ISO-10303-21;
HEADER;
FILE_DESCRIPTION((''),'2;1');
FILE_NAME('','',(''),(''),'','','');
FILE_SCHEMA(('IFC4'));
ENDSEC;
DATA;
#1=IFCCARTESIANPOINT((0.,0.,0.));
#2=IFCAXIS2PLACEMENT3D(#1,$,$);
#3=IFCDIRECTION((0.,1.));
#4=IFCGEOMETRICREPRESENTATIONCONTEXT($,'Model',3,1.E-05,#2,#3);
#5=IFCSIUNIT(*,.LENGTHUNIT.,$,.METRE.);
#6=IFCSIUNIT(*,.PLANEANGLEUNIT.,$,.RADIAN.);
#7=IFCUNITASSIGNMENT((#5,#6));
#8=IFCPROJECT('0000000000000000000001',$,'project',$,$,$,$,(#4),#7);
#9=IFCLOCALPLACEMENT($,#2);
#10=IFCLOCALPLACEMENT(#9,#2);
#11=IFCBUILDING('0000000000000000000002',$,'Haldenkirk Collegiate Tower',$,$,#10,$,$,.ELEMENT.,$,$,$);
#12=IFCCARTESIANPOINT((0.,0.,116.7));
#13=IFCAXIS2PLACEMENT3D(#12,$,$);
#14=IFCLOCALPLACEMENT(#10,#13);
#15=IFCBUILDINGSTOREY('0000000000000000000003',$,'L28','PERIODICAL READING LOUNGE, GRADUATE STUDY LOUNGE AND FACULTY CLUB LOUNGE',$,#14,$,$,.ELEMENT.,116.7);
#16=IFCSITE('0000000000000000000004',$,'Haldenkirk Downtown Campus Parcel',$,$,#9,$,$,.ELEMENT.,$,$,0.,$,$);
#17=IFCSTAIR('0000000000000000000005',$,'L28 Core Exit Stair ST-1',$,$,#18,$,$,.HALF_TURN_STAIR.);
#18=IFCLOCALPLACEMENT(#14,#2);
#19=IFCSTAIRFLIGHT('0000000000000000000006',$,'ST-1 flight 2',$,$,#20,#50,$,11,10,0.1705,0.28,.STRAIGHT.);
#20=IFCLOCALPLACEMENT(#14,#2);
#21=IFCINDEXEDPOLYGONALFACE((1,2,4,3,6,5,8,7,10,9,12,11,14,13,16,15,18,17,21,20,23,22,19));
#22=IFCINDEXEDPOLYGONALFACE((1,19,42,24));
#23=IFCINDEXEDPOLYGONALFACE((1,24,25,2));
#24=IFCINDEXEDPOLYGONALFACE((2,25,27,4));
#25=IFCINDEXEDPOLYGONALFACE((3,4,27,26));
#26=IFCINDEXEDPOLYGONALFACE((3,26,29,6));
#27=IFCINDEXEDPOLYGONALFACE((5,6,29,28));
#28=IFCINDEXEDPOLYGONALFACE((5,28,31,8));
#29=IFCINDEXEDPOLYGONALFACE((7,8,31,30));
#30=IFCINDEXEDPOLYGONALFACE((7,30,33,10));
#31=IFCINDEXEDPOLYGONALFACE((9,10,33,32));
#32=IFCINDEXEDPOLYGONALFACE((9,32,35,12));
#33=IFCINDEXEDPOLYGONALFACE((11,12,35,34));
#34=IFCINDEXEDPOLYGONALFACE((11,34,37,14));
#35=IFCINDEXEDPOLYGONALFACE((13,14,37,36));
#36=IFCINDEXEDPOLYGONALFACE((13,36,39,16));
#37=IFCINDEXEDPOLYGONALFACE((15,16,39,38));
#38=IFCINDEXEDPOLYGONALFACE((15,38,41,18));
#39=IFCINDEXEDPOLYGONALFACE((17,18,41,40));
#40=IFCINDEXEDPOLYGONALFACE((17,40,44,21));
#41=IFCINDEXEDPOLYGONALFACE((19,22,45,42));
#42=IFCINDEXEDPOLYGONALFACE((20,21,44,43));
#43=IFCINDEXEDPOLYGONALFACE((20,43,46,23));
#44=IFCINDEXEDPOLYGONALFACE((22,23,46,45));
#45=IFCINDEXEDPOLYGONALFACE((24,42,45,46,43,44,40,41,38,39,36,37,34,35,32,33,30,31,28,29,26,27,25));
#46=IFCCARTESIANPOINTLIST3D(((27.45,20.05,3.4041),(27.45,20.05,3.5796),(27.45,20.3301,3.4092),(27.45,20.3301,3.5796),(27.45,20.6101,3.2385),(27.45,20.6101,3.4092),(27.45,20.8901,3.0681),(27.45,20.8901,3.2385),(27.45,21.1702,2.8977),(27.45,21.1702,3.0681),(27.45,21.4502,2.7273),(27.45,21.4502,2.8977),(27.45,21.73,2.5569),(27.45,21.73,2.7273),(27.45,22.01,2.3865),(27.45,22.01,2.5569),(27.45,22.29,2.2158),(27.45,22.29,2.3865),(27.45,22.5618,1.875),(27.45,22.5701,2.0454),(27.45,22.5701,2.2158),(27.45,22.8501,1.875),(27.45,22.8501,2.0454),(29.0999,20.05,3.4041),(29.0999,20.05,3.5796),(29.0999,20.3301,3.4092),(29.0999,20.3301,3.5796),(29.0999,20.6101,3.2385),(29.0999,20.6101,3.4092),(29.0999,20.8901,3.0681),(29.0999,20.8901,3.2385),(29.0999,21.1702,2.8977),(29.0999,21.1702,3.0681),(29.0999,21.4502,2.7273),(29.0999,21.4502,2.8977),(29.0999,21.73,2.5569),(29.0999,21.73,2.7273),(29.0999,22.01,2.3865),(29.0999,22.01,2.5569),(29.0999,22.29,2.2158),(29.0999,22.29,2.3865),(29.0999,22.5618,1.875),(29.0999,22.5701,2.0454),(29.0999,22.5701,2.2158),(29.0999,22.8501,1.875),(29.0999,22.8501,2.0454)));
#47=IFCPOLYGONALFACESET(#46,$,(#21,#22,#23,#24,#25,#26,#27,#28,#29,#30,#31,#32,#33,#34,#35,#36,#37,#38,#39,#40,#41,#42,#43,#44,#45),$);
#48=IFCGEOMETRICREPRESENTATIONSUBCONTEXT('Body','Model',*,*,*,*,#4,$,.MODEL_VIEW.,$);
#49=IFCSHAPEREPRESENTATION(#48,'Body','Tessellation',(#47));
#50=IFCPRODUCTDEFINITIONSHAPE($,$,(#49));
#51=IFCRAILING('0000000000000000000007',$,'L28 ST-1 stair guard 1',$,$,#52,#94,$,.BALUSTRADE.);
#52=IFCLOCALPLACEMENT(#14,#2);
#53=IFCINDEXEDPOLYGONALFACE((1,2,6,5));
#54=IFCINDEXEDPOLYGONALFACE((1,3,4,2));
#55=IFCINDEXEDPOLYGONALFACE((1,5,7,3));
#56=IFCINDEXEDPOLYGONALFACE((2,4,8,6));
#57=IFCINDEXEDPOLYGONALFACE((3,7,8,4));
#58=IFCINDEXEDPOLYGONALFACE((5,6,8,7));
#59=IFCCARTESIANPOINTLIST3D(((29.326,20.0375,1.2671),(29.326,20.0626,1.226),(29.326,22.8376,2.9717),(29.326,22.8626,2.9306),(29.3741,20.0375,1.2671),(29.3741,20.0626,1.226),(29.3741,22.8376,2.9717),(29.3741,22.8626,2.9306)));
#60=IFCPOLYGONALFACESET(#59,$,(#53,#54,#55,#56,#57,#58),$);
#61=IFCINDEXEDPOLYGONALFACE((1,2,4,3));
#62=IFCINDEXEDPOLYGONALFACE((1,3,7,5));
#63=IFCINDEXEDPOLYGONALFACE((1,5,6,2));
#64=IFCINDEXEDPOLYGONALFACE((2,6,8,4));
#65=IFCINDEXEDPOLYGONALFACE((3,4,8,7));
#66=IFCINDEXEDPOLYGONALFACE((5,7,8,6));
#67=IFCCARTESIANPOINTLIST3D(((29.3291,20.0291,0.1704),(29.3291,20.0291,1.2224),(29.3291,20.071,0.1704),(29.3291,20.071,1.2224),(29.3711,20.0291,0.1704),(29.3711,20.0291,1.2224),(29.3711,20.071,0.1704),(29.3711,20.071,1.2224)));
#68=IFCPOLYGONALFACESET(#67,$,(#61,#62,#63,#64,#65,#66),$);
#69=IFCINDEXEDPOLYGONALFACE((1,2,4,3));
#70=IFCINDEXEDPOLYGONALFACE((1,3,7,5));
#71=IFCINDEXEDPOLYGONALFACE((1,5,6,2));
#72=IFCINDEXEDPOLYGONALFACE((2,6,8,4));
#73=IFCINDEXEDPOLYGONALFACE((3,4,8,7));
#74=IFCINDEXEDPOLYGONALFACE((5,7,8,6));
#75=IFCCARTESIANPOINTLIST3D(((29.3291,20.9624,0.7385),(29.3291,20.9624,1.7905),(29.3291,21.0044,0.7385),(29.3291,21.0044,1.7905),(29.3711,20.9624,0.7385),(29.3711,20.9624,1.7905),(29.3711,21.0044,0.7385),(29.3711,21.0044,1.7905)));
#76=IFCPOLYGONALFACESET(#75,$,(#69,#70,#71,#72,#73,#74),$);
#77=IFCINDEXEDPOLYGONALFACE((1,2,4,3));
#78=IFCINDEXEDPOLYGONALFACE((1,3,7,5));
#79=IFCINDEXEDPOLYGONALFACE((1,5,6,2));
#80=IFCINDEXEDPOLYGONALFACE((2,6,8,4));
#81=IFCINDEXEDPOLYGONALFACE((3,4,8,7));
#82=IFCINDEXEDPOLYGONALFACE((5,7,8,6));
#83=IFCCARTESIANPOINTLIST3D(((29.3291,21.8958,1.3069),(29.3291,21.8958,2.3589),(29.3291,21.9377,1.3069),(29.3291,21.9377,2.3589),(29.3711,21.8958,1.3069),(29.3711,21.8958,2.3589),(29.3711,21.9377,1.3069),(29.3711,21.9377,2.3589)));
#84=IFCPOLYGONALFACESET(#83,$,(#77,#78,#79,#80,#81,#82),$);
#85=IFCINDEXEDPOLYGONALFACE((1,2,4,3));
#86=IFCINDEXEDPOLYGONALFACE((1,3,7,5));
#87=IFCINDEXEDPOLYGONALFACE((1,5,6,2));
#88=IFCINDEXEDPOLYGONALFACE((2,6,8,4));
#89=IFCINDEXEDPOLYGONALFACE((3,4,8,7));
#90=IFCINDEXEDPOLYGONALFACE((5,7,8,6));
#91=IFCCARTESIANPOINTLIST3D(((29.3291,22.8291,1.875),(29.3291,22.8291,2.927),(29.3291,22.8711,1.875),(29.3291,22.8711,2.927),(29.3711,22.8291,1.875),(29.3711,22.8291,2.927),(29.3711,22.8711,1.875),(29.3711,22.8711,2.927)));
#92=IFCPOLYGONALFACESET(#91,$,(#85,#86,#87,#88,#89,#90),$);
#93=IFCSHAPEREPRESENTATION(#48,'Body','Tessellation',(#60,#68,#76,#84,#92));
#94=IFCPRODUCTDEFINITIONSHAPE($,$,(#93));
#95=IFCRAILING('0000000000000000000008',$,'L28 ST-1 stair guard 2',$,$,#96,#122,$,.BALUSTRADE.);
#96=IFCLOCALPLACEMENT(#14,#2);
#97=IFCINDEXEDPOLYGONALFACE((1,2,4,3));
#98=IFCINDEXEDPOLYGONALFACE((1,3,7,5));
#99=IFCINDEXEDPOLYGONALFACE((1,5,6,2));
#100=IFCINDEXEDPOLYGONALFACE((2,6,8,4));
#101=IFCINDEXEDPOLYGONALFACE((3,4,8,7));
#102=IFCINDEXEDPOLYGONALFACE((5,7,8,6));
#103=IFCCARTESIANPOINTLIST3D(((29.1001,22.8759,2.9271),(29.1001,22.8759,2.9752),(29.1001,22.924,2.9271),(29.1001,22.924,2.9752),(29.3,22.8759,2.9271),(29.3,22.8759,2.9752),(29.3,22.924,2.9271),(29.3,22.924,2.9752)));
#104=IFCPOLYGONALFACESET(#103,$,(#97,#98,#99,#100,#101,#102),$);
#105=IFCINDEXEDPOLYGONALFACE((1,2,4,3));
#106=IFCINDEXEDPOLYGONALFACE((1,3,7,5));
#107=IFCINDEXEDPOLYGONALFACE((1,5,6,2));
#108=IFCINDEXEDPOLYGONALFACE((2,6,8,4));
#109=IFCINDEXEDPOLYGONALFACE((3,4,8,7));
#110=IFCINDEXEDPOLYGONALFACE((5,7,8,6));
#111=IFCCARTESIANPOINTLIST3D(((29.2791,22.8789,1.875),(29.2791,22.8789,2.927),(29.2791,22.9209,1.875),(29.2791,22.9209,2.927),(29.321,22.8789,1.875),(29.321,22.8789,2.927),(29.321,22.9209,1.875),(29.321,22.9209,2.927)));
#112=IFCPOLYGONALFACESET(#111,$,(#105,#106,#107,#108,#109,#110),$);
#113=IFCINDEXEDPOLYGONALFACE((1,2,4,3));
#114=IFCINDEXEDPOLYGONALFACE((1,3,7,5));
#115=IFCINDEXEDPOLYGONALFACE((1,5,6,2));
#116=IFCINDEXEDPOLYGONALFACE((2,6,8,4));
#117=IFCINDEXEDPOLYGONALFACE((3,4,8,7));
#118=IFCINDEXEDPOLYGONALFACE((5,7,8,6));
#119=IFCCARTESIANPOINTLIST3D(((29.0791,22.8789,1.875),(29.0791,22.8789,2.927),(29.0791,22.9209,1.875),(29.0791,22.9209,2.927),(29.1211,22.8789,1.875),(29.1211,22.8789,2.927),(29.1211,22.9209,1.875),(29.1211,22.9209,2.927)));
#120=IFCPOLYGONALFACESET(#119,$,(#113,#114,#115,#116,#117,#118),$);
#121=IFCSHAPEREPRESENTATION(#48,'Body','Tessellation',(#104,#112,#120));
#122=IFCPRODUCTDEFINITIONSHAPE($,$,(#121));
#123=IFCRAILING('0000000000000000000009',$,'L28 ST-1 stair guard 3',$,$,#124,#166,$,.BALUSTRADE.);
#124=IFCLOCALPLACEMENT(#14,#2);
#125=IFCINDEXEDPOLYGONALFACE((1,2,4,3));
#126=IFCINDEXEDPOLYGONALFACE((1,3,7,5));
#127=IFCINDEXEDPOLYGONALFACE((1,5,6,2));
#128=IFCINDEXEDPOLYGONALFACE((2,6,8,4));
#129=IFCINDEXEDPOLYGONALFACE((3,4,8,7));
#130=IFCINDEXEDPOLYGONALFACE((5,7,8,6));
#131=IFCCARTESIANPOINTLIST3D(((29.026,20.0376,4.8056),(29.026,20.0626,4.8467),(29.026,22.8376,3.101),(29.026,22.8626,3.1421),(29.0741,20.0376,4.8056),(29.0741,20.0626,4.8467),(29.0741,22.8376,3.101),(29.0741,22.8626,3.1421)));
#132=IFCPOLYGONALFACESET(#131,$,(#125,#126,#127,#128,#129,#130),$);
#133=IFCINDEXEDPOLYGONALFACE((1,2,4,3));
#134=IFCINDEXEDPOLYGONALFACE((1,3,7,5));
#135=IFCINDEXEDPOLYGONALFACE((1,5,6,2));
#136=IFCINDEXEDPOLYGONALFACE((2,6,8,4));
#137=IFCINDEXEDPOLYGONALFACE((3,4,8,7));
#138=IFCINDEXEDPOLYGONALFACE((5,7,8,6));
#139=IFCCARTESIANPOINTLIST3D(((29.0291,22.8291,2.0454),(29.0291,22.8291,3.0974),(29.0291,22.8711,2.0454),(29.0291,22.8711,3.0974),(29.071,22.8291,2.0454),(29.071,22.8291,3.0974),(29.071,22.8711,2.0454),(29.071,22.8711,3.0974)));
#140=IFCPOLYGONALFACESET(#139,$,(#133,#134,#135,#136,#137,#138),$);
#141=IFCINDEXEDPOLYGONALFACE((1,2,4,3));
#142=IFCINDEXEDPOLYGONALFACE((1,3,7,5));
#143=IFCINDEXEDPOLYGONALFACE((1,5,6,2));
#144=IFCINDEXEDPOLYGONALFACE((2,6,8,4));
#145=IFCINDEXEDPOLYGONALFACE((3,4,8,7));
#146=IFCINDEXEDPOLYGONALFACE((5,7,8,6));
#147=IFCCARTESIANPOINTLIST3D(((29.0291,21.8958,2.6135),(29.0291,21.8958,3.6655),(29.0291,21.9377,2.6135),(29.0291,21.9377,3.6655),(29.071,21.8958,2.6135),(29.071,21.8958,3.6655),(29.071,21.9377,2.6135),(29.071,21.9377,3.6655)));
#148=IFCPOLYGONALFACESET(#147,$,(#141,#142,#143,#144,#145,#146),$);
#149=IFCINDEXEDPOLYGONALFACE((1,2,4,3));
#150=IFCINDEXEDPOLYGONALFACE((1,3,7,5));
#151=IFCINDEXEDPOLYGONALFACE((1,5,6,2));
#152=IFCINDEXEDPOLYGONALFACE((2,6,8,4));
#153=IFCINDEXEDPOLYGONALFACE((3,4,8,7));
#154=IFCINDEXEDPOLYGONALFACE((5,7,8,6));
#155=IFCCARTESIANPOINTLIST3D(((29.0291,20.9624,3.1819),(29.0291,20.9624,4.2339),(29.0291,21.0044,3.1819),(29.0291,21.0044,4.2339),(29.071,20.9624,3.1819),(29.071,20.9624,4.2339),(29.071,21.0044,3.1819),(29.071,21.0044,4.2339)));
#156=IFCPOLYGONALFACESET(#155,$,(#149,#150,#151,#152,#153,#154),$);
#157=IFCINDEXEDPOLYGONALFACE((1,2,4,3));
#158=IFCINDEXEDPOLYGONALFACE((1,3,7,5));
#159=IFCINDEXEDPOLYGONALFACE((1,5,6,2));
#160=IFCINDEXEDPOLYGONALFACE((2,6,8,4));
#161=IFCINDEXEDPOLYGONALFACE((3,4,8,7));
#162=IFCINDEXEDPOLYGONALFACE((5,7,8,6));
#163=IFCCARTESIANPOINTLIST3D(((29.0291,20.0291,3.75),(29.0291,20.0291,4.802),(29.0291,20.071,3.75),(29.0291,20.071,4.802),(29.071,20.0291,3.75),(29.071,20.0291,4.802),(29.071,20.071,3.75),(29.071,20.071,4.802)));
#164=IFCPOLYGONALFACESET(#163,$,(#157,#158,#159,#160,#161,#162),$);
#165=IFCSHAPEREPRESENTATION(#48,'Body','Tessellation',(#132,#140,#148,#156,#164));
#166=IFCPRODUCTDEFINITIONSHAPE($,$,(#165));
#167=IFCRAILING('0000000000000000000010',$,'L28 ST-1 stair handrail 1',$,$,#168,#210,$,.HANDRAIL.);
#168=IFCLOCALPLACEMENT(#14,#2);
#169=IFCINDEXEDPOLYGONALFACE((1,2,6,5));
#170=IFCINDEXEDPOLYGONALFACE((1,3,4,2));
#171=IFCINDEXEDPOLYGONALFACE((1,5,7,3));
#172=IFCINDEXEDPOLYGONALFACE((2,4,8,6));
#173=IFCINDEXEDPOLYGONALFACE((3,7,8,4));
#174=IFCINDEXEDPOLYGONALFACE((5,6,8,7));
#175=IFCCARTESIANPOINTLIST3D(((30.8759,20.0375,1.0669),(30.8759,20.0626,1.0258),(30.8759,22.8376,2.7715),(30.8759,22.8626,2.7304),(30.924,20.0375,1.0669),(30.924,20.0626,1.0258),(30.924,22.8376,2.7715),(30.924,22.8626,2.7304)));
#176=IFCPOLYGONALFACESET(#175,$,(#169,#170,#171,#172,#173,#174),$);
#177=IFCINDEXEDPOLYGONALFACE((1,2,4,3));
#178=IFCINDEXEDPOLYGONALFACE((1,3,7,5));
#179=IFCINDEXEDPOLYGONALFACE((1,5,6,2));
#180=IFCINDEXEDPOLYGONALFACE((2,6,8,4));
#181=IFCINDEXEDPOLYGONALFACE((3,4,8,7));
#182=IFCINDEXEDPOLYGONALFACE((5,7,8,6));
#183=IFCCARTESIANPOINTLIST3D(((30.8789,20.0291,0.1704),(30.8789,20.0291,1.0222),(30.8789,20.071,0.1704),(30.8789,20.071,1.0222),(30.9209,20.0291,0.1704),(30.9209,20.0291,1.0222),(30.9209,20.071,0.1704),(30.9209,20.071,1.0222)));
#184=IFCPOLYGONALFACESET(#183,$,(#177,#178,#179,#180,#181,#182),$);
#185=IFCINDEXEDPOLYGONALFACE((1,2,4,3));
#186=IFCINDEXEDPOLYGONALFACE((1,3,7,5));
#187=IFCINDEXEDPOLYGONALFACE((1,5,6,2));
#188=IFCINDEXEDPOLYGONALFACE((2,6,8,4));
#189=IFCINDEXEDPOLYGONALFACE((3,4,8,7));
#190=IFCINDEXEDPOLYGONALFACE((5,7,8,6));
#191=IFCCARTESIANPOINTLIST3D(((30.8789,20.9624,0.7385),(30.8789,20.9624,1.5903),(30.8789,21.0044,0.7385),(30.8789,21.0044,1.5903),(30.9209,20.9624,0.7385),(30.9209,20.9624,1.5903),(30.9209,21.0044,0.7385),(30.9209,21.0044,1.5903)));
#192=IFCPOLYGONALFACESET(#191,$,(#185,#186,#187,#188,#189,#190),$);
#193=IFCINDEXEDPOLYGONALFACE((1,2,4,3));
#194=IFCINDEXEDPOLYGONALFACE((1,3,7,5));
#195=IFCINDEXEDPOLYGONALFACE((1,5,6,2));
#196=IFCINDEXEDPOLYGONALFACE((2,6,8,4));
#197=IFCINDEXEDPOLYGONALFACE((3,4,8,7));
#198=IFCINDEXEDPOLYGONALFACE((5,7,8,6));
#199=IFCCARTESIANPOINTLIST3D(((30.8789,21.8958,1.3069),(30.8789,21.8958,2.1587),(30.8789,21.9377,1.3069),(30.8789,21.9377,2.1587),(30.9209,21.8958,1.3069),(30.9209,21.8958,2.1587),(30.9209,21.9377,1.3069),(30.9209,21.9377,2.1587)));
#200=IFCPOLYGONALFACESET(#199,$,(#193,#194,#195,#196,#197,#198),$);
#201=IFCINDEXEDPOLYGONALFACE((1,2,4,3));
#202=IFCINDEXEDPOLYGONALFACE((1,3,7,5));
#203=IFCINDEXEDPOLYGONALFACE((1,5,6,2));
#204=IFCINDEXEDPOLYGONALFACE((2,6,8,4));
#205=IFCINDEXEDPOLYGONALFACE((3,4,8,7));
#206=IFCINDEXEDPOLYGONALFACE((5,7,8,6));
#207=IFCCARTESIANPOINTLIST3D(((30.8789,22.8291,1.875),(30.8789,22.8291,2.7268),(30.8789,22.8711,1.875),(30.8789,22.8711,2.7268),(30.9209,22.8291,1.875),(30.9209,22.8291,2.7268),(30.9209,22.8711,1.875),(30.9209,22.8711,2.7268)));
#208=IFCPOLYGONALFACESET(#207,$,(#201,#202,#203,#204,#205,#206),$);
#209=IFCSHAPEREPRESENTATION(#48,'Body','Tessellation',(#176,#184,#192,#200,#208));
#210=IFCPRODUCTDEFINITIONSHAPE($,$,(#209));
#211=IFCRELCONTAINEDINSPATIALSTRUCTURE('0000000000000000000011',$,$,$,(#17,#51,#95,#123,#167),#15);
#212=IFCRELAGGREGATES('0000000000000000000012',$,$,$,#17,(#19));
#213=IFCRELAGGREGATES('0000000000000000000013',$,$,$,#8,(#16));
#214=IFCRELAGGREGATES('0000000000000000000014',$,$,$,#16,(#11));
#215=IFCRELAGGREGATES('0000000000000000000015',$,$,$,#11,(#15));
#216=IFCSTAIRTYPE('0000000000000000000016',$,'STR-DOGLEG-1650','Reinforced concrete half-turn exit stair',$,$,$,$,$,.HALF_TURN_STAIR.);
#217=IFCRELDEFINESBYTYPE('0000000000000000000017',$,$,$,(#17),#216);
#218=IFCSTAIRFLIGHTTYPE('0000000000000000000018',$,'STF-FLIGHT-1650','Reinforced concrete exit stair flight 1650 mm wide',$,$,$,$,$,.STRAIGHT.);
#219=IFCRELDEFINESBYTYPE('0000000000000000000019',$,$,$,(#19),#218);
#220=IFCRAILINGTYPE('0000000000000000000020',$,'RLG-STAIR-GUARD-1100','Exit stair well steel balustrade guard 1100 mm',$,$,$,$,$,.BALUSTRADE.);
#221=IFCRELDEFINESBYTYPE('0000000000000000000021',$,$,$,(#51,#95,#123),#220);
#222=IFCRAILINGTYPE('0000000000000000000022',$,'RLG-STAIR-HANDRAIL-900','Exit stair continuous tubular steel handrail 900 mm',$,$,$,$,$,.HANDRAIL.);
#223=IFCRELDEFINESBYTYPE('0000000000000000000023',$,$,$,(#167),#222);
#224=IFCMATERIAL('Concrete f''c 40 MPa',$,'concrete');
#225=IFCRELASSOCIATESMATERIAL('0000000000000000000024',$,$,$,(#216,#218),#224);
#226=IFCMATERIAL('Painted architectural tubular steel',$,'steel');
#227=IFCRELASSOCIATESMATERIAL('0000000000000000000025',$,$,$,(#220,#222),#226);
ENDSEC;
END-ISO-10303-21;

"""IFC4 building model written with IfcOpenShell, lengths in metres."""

from ifc_helpers import new_model, si_unit, direction, frame, origin, origin_2d, place, context, subcontext, project, spatial, polyline, rectangle, outline, extrude, material, type_object, element, aggregate, save


model = new_model("IFC4")

# Units and contexts
model_context = context("Model", 3, precision=1e-05, world=origin(), true_north=direction((0.0, 1.0)))
body_context = subcontext(model_context, "Body", "Model", "MODEL_VIEW")
ifc_project = project(units=[si_unit("LENGTHUNIT", "METRE"), si_unit("PLANEANGLEUNIT", "RADIAN")], contexts=[model_context])

# Site, building, storey
site_placement = place(None, origin())
site = spatial("IfcSite", under=ifc_project, at=site_placement, Name="Haldenkirk Downtown Campus Parcel", CompositionType="ELEMENT", RefElevation=0.0)
building_placement = place(site_placement, origin())
building = spatial("IfcBuilding", under=site, at=building_placement, Name="Haldenkirk Collegiate Tower", CompositionType="ELEMENT")
storey_placement = place(building_placement, frame((0.0, 0.0, 116.7)))
storey = spatial("IfcBuildingStorey", under=building, at=storey_placement, Name="L28", Description="PERIODICAL READING LOUNGE, GRADUATE STUDY LOUNGE AND FACULTY CLUB LOUNGE", CompositionType="ELEMENT", Elevation=116.7)

# Stair, stair flight
ifc_material_1 = material(Name="Concrete f'c 40 MPa", Category="concrete")
stair_type = type_object("IfcStairType", Name="STR-DOGLEG-1650", Description="Reinforced concrete half-turn exit stair", PredefinedType="HALF_TURN_STAIR", material=ifc_material_1)
stair_placement = place(storey_placement, origin())
stair = element("IfcStair", 1, at=stair_placement, inside=storey, type_object=stair_type, Name="L28 Core Exit Stair ST-1", PredefinedType="HALF_TURN_STAIR")
stair_flight_type = type_object("IfcStairFlightType", Name="STF-FLIGHT-1650", Description="Reinforced concrete exit stair flight 1650 mm wide", PredefinedType="STRAIGHT", material=ifc_material_1)
stair_flight_1_placement = place(storey_placement, frame((28.2749, 22.8501, 1.875), z_axis=(0.0, 0.0, 1.0), x_axis=(0.0, -1.0, 0.0)))
stair_flight_1 = element("IfcStairFlight", 2, at=stair_flight_1_placement, type_object=stair_flight_type, Name="ST-1 flight 2", NumberOfRisers=11, NumberOfTreads=10, PredefinedType="STRAIGHT", RiserHeight=0.1705, TreadLength=0.28, context=body_context, shape_type="SweptSolid", body=[
    extrude(outline(polyline([(0.0, 0.0), (0.0, 0.1704), (0.28, 0.1704), (0.28, 0.3408), (0.5601, 0.3408), (0.5601, 0.5115), (0.8401, 0.5115), (0.8401, 0.6819), (1.1201, 0.6819), (1.1201, 0.8523), (1.3999, 0.8523), (1.3999, 1.0227), (1.6799, 1.0227), (1.6799, 1.1931), (1.96, 1.1931), (1.96, 1.3635), (2.24, 1.3635), (2.24, 1.5342), (2.52, 1.5342), (2.52, 1.7046), (2.8, 1.7046), (2.8, 1.875), (2.8, 1.5291), (0.2883, 0.0), (0.0, 0.0)])), frame((0.0, 0.825, 0.0), z_axis=(0.0, -1.0, 0.0), x_axis=(1.0, 0.0, 0.0)), (0.0, 0.0, 1.0), 1.6499),
])
aggregate(stair, [stair_flight_1])

# Railings
ifc_material_2 = material(Name="Painted architectural tubular steel", Category="steel")
railing_type_1 = type_object("IfcRailingType", Name="RLG-STAIR-GUARD-1100", Description="Exit stair well steel balustrade guard 1100 mm", PredefinedType="BALUSTRADE", material=ifc_material_2)
railing_1_placement = place(storey_placement, frame((29.3501, 20.05, 0.1704)))
element("IfcRailing", 3, at=railing_1_placement, inside=storey, type_object=railing_type_1, Name="L28 ST-1 stair guard 1", PredefinedType="BALUSTRADE", context=body_context, shape_type="SweptSolid", body=[
    extrude(rectangle(XDim=0.0481, YDim=0.0481, at=origin_2d()), frame((0.0, 0.0, 1.0762), z_axis=(0.0, 0.85417, 0.519994), x_axis=(-1.0, 0.0, 0.0)), (0.0, 0.0, 1.0), 3.2781),
    extrude(rectangle(XDim=0.042, YDim=0.042, at=origin_2d()), origin(), (0.0, 0.0, 1.0), 1.052),
    extrude(rectangle(XDim=0.042, YDim=0.042, at=origin_2d()), frame((0.0, 0.9333, 0.5681)), (0.0, 0.0, 1.0), 1.052),
    extrude(rectangle(XDim=0.042, YDim=0.042, at=origin_2d()), frame((0.0, 1.8667, 1.1365)), (0.0, 0.0, 1.0), 1.052),
    extrude(rectangle(XDim=0.042, YDim=0.042, at=origin_2d()), frame((0.0, 2.8, 1.7046)), (0.0, 0.0, 1.0), 1.052),
])
railing_2_placement = place(storey_placement, frame((29.3, 22.8999, 1.875)))
element("IfcRailing", 4, at=railing_2_placement, inside=storey, type_object=railing_type_1, Name="L28 ST-1 stair guard 2", PredefinedType="BALUSTRADE", context=body_context, shape_type="SweptSolid", body=[
    extrude(rectangle(XDim=0.0481, YDim=0.0481, at=origin_2d()), frame((0.0, 0.0, 1.0762), z_axis=(-1.0, 0.0, 0.0), x_axis=(0.0, -1.0, 0.0)), (0.0, 0.0, 1.0), 0.2),
    extrude(rectangle(XDim=0.042, YDim=0.042, at=origin_2d()), origin(), (0.0, 0.0, 1.0), 1.052),
    extrude(rectangle(XDim=0.042, YDim=0.042, at=origin_2d()), frame((-0.2, 0.0, 0.0)), (0.0, 0.0, 1.0), 1.052),
])
railing_3_placement = place(storey_placement, frame((29.05, 22.8501, 2.0454)))
element("IfcRailing", 5, at=railing_3_placement, inside=storey, type_object=railing_type_1, Name="L28 ST-1 stair guard 3", PredefinedType="BALUSTRADE", context=body_context, shape_type="SweptSolid", body=[
    extrude(rectangle(XDim=0.0481, YDim=0.0481, at=origin_2d()), frame((0.0, 0.0, 1.0762), z_axis=(0.0, -0.85417, 0.519994), x_axis=(1.0, 0.0, 0.0)), (0.0, 0.0, 1.0), 3.2781),
    extrude(rectangle(XDim=0.042, YDim=0.042, at=origin_2d()), origin(), (0.0, 0.0, 1.0), 1.052),
    extrude(rectangle(XDim=0.042, YDim=0.042, at=origin_2d()), frame((0.0, -0.9333, 0.5681)), (0.0, 0.0, 1.0), 1.052),
    extrude(rectangle(XDim=0.042, YDim=0.042, at=origin_2d()), frame((0.0, -1.8667, 1.1365)), (0.0, 0.0, 1.0), 1.052),
    extrude(rectangle(XDim=0.042, YDim=0.042, at=origin_2d()), frame((0.0, -2.8, 1.7046)), (0.0, 0.0, 1.0), 1.052),
])
railing_type_2 = type_object("IfcRailingType", Name="RLG-STAIR-HANDRAIL-900", Description="Exit stair continuous tubular steel handrail 900 mm", PredefinedType="HANDRAIL", material=ifc_material_2)
railing_4_placement = place(storey_placement, frame((30.8999, 20.05, 0.1704)))
element("IfcRailing", 6, at=railing_4_placement, inside=storey, type_object=railing_type_2, Name="L28 ST-1 stair handrail 1", PredefinedType="HANDRAIL", context=body_context, shape_type="SweptSolid", body=[
    extrude(rectangle(XDim=0.0481, YDim=0.0481, at=origin_2d()), frame((0.0, 0.0, 0.876), z_axis=(0.0, 0.85417, 0.519994), x_axis=(-1.0, 0.0, 0.0)), (0.0, 0.0, 1.0), 3.2781),
    extrude(rectangle(XDim=0.042, YDim=0.042, at=origin_2d()), origin(), (0.0, 0.0, 1.0), 0.8518),
    extrude(rectangle(XDim=0.042, YDim=0.042, at=origin_2d()), frame((0.0, 0.9333, 0.5681)), (0.0, 0.0, 1.0), 0.8518),
    extrude(rectangle(XDim=0.042, YDim=0.042, at=origin_2d()), frame((0.0, 1.8667, 1.1365)), (0.0, 0.0, 1.0), 0.8518),
    extrude(rectangle(XDim=0.042, YDim=0.042, at=origin_2d()), frame((0.0, 2.8, 1.7046)), (0.0, 0.0, 1.0), 0.8518),
])

save(model, "model.ifc")
